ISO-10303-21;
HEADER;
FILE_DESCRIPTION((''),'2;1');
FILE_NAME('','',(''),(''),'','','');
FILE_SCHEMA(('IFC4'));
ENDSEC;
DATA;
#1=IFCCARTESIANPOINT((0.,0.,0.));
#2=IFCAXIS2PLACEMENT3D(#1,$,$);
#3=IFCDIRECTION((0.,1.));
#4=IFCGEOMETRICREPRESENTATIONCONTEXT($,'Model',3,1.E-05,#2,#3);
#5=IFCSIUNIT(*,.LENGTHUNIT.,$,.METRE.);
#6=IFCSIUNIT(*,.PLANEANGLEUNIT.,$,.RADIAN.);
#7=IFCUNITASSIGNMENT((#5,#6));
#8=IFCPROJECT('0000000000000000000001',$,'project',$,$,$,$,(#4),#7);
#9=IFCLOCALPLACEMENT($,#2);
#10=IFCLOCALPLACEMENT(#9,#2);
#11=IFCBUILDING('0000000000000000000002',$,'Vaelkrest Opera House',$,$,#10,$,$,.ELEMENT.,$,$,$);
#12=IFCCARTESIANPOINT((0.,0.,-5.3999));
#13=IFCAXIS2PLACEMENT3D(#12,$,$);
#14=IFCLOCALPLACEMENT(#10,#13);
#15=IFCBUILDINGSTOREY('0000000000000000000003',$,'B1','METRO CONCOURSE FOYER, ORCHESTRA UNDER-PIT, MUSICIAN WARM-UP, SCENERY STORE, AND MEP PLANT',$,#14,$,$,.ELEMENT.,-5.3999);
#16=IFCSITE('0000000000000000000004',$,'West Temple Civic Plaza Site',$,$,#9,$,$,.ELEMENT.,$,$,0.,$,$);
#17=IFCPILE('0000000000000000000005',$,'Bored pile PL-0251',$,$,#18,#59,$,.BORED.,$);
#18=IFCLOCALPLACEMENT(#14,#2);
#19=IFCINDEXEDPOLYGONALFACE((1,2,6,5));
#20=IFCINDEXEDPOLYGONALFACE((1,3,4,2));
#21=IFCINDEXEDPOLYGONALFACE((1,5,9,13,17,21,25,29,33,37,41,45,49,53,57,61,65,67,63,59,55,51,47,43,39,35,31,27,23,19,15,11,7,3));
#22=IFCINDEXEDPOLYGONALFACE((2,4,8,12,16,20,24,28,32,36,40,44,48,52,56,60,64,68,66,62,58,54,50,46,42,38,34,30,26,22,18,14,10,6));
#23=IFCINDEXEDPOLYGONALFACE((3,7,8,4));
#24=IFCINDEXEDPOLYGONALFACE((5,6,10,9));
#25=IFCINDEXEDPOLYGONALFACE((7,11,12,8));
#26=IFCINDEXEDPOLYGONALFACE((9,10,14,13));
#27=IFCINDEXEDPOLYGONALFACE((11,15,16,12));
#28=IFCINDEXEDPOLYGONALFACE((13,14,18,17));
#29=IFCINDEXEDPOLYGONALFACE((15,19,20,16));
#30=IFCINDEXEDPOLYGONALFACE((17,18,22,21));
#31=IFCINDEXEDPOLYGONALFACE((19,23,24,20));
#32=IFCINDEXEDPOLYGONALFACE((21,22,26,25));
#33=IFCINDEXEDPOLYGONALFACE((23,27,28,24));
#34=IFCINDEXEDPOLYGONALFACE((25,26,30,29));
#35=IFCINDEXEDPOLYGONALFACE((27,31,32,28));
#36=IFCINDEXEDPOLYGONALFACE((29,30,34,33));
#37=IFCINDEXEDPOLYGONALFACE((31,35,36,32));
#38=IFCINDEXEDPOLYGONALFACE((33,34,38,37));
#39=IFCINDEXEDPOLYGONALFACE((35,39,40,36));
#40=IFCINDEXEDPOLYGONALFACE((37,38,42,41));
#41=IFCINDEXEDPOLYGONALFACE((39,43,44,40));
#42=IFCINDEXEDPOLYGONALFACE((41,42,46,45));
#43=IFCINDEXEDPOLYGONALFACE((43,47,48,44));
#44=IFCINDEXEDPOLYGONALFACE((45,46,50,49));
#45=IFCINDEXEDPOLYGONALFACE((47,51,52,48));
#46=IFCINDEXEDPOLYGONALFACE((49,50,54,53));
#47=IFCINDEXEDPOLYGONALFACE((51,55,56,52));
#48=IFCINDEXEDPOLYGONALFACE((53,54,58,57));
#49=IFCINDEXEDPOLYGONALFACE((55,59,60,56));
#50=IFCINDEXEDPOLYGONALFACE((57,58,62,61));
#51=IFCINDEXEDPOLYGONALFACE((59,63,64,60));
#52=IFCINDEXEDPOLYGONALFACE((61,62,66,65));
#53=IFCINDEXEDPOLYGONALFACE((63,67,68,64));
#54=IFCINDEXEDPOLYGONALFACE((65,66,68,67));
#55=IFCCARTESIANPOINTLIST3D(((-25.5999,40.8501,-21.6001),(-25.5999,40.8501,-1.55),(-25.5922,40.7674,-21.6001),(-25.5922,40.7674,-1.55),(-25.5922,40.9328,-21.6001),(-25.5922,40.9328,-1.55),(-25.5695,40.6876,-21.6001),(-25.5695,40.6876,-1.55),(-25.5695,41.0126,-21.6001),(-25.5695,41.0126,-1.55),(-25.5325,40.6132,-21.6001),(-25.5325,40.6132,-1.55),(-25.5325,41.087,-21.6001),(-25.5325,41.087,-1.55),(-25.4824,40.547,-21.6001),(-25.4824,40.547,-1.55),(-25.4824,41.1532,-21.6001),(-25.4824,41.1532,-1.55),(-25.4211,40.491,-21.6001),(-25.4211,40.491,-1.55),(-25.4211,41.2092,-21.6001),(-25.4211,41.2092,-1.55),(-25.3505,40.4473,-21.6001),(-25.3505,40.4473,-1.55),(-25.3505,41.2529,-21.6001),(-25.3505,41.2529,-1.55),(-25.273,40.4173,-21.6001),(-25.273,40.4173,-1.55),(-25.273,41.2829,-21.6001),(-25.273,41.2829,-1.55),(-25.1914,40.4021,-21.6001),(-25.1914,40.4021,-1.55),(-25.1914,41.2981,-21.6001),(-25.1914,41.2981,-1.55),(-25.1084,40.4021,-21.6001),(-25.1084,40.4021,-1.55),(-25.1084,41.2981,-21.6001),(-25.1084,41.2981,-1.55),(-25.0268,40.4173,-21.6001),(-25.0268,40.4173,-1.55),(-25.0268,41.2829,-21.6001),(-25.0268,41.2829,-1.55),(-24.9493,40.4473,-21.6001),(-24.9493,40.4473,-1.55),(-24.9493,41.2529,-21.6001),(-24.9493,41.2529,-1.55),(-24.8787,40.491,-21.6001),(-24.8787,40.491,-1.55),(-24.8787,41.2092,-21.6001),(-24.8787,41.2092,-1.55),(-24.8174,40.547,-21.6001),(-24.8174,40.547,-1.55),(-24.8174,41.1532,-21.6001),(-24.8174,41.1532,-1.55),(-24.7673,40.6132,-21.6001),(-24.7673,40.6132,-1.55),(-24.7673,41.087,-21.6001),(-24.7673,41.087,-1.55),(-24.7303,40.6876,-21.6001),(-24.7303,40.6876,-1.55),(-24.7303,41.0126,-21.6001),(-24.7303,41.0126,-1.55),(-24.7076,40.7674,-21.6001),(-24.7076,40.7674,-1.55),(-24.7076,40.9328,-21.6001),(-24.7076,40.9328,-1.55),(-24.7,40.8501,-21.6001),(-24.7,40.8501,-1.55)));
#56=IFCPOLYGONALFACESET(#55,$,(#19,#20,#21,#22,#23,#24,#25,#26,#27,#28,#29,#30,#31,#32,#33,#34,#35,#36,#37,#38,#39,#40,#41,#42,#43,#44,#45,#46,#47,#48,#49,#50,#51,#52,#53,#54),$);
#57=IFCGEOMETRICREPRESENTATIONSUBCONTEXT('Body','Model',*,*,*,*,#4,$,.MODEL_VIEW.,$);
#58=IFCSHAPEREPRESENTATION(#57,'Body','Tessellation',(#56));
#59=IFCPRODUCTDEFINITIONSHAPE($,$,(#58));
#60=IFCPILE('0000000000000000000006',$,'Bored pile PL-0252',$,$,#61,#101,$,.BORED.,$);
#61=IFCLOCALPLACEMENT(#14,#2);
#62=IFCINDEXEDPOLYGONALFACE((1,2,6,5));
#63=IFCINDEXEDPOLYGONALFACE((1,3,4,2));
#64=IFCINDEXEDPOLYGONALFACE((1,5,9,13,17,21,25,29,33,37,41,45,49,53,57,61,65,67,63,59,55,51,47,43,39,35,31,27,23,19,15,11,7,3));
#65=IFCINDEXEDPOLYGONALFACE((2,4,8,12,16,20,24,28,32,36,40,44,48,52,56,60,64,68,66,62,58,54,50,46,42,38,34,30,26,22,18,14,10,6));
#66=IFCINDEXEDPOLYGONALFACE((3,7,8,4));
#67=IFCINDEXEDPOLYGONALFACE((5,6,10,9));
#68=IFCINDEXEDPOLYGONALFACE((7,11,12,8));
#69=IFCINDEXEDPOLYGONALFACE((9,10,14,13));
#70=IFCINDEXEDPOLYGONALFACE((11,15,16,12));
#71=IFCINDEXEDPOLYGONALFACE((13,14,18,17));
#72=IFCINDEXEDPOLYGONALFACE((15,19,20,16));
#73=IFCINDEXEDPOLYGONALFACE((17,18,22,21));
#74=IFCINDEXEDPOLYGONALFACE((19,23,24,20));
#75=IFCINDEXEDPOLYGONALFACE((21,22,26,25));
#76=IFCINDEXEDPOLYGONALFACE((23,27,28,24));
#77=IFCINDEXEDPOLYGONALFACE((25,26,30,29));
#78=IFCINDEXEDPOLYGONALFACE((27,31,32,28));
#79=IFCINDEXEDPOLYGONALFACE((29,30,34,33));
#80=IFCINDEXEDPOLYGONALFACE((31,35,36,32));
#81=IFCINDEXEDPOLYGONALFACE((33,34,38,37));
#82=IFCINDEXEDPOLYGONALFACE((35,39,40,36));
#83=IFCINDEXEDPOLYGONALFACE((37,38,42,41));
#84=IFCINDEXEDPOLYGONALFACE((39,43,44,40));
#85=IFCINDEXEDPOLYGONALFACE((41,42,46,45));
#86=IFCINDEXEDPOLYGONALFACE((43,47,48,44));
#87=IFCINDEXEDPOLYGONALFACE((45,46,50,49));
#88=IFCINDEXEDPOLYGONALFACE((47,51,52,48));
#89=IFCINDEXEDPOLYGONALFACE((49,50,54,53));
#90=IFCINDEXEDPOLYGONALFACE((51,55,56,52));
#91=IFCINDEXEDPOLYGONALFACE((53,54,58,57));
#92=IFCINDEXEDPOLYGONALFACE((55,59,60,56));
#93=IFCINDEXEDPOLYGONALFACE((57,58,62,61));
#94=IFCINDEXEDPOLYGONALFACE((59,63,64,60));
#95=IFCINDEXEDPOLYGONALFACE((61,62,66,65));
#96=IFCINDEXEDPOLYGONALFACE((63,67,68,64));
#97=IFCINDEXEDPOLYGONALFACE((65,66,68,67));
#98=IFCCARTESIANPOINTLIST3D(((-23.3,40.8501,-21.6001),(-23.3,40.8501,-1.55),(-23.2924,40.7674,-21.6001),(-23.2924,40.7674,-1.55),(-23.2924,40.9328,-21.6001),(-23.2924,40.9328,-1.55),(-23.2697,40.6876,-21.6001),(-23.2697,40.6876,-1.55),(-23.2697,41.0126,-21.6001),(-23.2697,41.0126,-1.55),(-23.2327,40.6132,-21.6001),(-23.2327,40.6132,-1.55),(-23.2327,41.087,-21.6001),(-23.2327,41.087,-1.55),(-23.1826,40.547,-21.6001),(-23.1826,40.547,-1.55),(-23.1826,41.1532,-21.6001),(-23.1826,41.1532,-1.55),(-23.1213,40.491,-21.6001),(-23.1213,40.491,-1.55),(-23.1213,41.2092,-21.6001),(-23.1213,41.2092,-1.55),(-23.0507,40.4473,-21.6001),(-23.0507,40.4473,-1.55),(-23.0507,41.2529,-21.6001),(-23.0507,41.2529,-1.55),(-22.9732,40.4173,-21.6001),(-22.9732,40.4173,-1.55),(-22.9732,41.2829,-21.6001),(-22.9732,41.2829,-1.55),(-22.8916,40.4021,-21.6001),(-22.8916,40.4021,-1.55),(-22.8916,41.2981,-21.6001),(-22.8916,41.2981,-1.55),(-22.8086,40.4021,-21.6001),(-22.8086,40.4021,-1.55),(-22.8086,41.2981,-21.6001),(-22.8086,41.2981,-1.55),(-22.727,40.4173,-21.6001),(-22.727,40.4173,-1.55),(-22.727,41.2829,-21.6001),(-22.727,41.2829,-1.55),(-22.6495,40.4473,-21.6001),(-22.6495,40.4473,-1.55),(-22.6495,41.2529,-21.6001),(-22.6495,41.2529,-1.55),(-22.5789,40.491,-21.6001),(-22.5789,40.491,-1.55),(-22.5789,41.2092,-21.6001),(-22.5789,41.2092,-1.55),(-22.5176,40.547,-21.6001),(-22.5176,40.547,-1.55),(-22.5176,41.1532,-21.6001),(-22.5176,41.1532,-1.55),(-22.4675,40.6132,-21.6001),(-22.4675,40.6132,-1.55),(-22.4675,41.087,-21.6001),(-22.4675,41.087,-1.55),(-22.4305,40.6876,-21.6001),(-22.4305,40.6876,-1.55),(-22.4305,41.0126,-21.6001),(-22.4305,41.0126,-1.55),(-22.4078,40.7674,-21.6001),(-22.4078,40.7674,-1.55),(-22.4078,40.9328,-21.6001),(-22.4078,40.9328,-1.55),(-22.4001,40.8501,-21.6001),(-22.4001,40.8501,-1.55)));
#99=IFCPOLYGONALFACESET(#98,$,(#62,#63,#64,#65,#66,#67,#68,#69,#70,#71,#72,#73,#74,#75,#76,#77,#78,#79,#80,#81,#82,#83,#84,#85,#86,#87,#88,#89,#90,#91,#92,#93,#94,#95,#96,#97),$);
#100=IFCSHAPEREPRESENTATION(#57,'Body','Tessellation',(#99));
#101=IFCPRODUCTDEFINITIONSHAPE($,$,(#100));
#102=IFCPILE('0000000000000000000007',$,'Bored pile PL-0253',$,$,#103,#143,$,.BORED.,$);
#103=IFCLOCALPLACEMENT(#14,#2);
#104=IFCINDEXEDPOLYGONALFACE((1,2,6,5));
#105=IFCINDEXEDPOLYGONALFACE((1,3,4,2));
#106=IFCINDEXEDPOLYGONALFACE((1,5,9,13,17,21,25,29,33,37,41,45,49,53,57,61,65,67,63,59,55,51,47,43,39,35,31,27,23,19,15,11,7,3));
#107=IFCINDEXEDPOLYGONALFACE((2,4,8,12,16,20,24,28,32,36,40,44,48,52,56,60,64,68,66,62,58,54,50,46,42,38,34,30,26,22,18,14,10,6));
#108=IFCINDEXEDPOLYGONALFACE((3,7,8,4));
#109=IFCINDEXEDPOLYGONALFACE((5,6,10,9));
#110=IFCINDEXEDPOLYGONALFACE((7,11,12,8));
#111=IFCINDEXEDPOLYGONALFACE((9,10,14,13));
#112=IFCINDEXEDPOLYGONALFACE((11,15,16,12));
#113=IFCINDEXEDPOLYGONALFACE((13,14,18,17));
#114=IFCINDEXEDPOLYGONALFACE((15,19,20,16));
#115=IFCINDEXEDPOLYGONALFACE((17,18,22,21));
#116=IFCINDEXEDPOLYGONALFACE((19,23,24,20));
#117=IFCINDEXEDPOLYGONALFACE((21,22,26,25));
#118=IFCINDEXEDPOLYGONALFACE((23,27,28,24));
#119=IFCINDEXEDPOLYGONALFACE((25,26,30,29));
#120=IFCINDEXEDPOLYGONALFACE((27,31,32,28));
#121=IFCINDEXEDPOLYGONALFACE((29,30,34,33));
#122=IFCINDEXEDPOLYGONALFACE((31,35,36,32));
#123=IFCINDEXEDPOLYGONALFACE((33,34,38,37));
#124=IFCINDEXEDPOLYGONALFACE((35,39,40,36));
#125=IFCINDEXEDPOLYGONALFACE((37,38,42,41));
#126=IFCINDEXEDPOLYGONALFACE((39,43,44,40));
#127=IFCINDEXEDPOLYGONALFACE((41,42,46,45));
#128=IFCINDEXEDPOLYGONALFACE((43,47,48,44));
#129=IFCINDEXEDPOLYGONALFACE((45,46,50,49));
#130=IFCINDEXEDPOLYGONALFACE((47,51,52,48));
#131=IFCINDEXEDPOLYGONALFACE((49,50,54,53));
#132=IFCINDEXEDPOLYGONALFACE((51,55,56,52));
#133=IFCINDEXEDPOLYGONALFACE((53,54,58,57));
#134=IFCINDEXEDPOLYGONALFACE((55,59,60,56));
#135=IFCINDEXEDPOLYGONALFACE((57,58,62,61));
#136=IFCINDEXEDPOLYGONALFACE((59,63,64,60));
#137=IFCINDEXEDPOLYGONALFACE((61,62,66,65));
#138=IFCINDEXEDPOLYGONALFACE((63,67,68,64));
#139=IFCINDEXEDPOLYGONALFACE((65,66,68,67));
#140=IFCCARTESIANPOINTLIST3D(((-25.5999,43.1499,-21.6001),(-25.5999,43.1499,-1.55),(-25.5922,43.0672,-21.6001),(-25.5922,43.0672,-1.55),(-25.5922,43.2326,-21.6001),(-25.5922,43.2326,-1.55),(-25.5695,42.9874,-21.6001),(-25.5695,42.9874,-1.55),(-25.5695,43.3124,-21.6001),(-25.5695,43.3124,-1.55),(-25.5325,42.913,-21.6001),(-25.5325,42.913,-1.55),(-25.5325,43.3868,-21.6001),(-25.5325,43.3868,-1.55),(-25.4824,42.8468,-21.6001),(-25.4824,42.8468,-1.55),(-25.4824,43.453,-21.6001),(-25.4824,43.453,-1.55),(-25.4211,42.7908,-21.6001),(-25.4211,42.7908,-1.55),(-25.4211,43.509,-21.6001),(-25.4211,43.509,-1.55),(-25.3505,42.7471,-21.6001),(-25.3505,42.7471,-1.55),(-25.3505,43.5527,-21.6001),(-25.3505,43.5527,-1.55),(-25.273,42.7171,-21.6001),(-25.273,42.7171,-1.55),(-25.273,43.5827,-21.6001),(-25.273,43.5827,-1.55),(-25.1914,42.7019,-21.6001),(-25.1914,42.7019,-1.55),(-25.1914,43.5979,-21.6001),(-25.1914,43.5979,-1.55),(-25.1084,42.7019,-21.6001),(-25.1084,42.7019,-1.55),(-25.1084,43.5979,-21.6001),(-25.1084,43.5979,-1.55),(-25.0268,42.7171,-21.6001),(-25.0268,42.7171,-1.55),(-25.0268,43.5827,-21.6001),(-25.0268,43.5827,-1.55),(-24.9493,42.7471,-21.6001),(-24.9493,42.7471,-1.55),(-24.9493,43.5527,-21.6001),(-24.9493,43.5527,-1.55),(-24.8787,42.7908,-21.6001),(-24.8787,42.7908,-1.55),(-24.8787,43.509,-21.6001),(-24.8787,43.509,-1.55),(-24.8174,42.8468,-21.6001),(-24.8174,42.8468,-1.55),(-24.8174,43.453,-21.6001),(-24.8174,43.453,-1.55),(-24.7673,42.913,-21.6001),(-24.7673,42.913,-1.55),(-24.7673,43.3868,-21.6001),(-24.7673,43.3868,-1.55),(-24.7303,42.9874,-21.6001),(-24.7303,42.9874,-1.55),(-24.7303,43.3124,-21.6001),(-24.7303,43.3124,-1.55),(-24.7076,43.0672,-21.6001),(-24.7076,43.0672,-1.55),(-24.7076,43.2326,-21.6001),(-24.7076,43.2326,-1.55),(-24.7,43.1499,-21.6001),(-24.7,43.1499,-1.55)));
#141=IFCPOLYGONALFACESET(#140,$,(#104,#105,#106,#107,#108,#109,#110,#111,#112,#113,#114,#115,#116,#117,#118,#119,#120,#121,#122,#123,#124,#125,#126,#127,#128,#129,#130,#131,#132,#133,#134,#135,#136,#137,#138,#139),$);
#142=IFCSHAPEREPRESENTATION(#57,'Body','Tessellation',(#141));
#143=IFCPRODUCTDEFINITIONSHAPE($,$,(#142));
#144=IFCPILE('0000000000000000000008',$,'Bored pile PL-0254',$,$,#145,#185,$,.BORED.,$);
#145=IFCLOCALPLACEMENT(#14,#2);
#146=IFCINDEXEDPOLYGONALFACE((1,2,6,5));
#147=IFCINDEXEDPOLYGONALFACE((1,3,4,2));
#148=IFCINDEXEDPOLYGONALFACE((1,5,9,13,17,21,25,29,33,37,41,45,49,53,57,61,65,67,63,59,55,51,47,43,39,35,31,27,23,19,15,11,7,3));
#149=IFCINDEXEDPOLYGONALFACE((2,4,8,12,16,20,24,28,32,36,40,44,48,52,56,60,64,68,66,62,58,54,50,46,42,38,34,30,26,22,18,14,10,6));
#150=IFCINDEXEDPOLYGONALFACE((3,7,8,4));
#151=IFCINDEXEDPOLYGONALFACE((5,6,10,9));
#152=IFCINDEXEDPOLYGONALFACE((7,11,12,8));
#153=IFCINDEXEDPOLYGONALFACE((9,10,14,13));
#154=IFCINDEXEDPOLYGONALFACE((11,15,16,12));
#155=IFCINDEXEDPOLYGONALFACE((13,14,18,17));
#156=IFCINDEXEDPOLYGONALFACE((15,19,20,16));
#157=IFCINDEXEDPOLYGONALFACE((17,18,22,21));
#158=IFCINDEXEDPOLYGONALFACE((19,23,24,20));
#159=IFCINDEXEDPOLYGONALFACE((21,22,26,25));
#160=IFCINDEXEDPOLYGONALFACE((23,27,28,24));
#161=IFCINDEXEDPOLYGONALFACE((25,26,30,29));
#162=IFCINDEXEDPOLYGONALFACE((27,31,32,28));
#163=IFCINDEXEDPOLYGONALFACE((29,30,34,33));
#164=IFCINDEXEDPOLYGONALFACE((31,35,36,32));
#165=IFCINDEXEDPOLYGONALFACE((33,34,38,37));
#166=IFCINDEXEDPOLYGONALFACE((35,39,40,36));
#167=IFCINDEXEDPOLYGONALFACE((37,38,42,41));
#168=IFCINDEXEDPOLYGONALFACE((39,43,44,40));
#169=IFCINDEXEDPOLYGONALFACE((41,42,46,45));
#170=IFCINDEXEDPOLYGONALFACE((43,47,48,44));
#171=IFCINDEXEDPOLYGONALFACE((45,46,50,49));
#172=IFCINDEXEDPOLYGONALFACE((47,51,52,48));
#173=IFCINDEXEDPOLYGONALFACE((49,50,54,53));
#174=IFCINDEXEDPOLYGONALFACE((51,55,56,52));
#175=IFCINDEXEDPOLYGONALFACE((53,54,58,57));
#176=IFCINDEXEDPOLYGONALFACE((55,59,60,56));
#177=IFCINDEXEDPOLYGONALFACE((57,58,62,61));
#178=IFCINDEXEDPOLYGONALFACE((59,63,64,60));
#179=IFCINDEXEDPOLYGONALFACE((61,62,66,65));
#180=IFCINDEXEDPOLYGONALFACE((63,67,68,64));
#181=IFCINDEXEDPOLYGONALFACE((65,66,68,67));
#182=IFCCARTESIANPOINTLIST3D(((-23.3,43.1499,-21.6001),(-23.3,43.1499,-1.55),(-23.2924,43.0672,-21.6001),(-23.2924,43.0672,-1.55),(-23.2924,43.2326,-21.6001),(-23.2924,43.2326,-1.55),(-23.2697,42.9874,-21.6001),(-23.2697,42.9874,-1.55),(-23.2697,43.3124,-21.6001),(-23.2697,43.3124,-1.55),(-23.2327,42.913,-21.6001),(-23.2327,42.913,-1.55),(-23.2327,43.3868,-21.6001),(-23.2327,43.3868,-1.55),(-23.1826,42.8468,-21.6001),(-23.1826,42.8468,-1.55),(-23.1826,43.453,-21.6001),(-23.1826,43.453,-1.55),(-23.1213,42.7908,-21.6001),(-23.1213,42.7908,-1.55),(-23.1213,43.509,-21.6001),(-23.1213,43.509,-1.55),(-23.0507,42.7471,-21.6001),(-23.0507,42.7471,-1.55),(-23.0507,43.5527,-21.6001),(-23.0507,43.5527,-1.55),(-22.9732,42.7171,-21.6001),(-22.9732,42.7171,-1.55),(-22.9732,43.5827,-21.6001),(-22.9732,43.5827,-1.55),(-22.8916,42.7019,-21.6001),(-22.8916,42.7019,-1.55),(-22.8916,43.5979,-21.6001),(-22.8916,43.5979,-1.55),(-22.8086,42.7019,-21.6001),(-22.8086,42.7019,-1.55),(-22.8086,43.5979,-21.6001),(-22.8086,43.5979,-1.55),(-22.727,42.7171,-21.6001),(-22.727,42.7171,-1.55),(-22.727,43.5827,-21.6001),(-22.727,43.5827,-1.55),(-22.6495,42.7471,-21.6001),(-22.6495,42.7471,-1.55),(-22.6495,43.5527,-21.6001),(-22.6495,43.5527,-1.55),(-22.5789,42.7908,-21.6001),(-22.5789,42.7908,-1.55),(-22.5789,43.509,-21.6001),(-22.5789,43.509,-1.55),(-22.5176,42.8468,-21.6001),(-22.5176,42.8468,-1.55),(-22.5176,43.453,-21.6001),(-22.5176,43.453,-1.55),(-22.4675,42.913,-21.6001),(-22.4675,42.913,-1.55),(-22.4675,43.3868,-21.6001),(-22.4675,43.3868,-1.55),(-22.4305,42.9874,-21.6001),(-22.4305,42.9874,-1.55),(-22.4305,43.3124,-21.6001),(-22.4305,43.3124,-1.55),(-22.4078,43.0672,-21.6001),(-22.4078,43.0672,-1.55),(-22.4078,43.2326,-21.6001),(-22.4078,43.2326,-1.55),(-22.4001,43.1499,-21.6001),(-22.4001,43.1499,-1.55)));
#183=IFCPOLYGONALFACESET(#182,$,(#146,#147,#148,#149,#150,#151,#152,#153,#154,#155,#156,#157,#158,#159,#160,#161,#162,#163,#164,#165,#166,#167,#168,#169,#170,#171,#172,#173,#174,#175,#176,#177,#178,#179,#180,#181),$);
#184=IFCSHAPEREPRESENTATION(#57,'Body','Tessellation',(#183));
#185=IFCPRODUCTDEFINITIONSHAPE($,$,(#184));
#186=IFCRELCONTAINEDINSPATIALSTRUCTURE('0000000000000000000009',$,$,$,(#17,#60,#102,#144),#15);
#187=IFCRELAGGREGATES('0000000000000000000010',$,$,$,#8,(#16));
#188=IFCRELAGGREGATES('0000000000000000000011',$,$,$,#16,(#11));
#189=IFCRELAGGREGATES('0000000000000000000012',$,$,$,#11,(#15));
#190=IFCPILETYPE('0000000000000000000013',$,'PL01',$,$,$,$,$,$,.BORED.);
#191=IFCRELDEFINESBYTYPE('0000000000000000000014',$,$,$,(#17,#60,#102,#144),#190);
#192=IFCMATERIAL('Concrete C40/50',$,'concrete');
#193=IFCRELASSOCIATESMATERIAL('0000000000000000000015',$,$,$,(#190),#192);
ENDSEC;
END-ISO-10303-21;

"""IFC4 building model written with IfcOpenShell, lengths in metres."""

from ifc_helpers import new_model, si_unit, direction, frame, origin, origin_2d, place, context, subcontext, project, spatial, circle, extrude, material, material_profile, profile_set, type_object, element, save


model = new_model("IFC4")

# Units and contexts
model_context = context("Model", 3, precision=1e-05, world=origin(), true_north=direction((0.0, 1.0)))
body_context = subcontext(model_context, "Body", "Model", "MODEL_VIEW")
ifc_project = project(units=[si_unit("LENGTHUNIT", "METRE"), si_unit("PLANEANGLEUNIT", "RADIAN")], contexts=[model_context])

# Site, building, storey
site_placement = place(None, origin())
site = spatial("IfcSite", under=ifc_project, at=site_placement, Name="West Temple Civic Plaza Site", CompositionType="ELEMENT", RefElevation=0.0)
building_placement = place(site_placement, origin())
building = spatial("IfcBuilding", under=site, at=building_placement, Name="Vaelkrest Opera House", CompositionType="ELEMENT")
storey_placement = place(building_placement, frame((0.0, 0.0, -5.3999)))
storey = spatial("IfcBuildingStorey", under=building, at=storey_placement, Name="B1", Description="METRO CONCOURSE FOYER, ORCHESTRA UNDER-PIT, MUSICIAN WARM-UP, SCENERY STORE, AND MEP PLANT", CompositionType="ELEMENT", Elevation=-5.3999)

# Shared definitions
ifc_material_1 = material(Name="Concrete C40/50", Category="concrete")

# Piles
ifc_material_profile_1 = material_profile(ifc_material_1, circle(Radius=0.45, at=origin_2d()), Name="PILE900")
ifc_profile_set_1 = profile_set([ifc_material_profile_1], Name="Concrete C40/50")
pile_type_1 = type_object("IfcPileType", Name="PL01", PredefinedType="BORED", material=ifc_profile_set_1)
for number, where, z_axis, x_axis, name in (
    (1, (-25.1499, 40.8501, -1.55), (0.0, 0.0, -1.0), (1.0, 0.0, 0.0), "Bored pile PL-0251"),
    (2, (-22.8501, 40.8501, -1.55), (0.0, 0.0, -1.0), (1.0, 0.0, 0.0), "Bored pile PL-0252"),
    (3, (-25.1499, 43.1499, -1.55), (0.0, 0.0, -1.0), (1.0, 0.0, 0.0), "Bored pile PL-0253"),
    (4, (-22.8501, 43.1499, -1.55), (0.0, 0.0, -1.0), (1.0, 0.0, 0.0), "Bored pile PL-0254"),
):
    element("IfcPile", number, at=place(storey_placement, frame(where, z_axis=z_axis, x_axis=x_axis)), inside=storey, type_object=pile_type_1, Name=name, PredefinedType="BORED", context=body_context, shape_type="SweptSolid", body=[
        extrude(circle(Radius=0.45, at=origin_2d()), origin(), (0.0, 0.0, 1.0), 20.05),
    ])

save(model, "model.ifc")
